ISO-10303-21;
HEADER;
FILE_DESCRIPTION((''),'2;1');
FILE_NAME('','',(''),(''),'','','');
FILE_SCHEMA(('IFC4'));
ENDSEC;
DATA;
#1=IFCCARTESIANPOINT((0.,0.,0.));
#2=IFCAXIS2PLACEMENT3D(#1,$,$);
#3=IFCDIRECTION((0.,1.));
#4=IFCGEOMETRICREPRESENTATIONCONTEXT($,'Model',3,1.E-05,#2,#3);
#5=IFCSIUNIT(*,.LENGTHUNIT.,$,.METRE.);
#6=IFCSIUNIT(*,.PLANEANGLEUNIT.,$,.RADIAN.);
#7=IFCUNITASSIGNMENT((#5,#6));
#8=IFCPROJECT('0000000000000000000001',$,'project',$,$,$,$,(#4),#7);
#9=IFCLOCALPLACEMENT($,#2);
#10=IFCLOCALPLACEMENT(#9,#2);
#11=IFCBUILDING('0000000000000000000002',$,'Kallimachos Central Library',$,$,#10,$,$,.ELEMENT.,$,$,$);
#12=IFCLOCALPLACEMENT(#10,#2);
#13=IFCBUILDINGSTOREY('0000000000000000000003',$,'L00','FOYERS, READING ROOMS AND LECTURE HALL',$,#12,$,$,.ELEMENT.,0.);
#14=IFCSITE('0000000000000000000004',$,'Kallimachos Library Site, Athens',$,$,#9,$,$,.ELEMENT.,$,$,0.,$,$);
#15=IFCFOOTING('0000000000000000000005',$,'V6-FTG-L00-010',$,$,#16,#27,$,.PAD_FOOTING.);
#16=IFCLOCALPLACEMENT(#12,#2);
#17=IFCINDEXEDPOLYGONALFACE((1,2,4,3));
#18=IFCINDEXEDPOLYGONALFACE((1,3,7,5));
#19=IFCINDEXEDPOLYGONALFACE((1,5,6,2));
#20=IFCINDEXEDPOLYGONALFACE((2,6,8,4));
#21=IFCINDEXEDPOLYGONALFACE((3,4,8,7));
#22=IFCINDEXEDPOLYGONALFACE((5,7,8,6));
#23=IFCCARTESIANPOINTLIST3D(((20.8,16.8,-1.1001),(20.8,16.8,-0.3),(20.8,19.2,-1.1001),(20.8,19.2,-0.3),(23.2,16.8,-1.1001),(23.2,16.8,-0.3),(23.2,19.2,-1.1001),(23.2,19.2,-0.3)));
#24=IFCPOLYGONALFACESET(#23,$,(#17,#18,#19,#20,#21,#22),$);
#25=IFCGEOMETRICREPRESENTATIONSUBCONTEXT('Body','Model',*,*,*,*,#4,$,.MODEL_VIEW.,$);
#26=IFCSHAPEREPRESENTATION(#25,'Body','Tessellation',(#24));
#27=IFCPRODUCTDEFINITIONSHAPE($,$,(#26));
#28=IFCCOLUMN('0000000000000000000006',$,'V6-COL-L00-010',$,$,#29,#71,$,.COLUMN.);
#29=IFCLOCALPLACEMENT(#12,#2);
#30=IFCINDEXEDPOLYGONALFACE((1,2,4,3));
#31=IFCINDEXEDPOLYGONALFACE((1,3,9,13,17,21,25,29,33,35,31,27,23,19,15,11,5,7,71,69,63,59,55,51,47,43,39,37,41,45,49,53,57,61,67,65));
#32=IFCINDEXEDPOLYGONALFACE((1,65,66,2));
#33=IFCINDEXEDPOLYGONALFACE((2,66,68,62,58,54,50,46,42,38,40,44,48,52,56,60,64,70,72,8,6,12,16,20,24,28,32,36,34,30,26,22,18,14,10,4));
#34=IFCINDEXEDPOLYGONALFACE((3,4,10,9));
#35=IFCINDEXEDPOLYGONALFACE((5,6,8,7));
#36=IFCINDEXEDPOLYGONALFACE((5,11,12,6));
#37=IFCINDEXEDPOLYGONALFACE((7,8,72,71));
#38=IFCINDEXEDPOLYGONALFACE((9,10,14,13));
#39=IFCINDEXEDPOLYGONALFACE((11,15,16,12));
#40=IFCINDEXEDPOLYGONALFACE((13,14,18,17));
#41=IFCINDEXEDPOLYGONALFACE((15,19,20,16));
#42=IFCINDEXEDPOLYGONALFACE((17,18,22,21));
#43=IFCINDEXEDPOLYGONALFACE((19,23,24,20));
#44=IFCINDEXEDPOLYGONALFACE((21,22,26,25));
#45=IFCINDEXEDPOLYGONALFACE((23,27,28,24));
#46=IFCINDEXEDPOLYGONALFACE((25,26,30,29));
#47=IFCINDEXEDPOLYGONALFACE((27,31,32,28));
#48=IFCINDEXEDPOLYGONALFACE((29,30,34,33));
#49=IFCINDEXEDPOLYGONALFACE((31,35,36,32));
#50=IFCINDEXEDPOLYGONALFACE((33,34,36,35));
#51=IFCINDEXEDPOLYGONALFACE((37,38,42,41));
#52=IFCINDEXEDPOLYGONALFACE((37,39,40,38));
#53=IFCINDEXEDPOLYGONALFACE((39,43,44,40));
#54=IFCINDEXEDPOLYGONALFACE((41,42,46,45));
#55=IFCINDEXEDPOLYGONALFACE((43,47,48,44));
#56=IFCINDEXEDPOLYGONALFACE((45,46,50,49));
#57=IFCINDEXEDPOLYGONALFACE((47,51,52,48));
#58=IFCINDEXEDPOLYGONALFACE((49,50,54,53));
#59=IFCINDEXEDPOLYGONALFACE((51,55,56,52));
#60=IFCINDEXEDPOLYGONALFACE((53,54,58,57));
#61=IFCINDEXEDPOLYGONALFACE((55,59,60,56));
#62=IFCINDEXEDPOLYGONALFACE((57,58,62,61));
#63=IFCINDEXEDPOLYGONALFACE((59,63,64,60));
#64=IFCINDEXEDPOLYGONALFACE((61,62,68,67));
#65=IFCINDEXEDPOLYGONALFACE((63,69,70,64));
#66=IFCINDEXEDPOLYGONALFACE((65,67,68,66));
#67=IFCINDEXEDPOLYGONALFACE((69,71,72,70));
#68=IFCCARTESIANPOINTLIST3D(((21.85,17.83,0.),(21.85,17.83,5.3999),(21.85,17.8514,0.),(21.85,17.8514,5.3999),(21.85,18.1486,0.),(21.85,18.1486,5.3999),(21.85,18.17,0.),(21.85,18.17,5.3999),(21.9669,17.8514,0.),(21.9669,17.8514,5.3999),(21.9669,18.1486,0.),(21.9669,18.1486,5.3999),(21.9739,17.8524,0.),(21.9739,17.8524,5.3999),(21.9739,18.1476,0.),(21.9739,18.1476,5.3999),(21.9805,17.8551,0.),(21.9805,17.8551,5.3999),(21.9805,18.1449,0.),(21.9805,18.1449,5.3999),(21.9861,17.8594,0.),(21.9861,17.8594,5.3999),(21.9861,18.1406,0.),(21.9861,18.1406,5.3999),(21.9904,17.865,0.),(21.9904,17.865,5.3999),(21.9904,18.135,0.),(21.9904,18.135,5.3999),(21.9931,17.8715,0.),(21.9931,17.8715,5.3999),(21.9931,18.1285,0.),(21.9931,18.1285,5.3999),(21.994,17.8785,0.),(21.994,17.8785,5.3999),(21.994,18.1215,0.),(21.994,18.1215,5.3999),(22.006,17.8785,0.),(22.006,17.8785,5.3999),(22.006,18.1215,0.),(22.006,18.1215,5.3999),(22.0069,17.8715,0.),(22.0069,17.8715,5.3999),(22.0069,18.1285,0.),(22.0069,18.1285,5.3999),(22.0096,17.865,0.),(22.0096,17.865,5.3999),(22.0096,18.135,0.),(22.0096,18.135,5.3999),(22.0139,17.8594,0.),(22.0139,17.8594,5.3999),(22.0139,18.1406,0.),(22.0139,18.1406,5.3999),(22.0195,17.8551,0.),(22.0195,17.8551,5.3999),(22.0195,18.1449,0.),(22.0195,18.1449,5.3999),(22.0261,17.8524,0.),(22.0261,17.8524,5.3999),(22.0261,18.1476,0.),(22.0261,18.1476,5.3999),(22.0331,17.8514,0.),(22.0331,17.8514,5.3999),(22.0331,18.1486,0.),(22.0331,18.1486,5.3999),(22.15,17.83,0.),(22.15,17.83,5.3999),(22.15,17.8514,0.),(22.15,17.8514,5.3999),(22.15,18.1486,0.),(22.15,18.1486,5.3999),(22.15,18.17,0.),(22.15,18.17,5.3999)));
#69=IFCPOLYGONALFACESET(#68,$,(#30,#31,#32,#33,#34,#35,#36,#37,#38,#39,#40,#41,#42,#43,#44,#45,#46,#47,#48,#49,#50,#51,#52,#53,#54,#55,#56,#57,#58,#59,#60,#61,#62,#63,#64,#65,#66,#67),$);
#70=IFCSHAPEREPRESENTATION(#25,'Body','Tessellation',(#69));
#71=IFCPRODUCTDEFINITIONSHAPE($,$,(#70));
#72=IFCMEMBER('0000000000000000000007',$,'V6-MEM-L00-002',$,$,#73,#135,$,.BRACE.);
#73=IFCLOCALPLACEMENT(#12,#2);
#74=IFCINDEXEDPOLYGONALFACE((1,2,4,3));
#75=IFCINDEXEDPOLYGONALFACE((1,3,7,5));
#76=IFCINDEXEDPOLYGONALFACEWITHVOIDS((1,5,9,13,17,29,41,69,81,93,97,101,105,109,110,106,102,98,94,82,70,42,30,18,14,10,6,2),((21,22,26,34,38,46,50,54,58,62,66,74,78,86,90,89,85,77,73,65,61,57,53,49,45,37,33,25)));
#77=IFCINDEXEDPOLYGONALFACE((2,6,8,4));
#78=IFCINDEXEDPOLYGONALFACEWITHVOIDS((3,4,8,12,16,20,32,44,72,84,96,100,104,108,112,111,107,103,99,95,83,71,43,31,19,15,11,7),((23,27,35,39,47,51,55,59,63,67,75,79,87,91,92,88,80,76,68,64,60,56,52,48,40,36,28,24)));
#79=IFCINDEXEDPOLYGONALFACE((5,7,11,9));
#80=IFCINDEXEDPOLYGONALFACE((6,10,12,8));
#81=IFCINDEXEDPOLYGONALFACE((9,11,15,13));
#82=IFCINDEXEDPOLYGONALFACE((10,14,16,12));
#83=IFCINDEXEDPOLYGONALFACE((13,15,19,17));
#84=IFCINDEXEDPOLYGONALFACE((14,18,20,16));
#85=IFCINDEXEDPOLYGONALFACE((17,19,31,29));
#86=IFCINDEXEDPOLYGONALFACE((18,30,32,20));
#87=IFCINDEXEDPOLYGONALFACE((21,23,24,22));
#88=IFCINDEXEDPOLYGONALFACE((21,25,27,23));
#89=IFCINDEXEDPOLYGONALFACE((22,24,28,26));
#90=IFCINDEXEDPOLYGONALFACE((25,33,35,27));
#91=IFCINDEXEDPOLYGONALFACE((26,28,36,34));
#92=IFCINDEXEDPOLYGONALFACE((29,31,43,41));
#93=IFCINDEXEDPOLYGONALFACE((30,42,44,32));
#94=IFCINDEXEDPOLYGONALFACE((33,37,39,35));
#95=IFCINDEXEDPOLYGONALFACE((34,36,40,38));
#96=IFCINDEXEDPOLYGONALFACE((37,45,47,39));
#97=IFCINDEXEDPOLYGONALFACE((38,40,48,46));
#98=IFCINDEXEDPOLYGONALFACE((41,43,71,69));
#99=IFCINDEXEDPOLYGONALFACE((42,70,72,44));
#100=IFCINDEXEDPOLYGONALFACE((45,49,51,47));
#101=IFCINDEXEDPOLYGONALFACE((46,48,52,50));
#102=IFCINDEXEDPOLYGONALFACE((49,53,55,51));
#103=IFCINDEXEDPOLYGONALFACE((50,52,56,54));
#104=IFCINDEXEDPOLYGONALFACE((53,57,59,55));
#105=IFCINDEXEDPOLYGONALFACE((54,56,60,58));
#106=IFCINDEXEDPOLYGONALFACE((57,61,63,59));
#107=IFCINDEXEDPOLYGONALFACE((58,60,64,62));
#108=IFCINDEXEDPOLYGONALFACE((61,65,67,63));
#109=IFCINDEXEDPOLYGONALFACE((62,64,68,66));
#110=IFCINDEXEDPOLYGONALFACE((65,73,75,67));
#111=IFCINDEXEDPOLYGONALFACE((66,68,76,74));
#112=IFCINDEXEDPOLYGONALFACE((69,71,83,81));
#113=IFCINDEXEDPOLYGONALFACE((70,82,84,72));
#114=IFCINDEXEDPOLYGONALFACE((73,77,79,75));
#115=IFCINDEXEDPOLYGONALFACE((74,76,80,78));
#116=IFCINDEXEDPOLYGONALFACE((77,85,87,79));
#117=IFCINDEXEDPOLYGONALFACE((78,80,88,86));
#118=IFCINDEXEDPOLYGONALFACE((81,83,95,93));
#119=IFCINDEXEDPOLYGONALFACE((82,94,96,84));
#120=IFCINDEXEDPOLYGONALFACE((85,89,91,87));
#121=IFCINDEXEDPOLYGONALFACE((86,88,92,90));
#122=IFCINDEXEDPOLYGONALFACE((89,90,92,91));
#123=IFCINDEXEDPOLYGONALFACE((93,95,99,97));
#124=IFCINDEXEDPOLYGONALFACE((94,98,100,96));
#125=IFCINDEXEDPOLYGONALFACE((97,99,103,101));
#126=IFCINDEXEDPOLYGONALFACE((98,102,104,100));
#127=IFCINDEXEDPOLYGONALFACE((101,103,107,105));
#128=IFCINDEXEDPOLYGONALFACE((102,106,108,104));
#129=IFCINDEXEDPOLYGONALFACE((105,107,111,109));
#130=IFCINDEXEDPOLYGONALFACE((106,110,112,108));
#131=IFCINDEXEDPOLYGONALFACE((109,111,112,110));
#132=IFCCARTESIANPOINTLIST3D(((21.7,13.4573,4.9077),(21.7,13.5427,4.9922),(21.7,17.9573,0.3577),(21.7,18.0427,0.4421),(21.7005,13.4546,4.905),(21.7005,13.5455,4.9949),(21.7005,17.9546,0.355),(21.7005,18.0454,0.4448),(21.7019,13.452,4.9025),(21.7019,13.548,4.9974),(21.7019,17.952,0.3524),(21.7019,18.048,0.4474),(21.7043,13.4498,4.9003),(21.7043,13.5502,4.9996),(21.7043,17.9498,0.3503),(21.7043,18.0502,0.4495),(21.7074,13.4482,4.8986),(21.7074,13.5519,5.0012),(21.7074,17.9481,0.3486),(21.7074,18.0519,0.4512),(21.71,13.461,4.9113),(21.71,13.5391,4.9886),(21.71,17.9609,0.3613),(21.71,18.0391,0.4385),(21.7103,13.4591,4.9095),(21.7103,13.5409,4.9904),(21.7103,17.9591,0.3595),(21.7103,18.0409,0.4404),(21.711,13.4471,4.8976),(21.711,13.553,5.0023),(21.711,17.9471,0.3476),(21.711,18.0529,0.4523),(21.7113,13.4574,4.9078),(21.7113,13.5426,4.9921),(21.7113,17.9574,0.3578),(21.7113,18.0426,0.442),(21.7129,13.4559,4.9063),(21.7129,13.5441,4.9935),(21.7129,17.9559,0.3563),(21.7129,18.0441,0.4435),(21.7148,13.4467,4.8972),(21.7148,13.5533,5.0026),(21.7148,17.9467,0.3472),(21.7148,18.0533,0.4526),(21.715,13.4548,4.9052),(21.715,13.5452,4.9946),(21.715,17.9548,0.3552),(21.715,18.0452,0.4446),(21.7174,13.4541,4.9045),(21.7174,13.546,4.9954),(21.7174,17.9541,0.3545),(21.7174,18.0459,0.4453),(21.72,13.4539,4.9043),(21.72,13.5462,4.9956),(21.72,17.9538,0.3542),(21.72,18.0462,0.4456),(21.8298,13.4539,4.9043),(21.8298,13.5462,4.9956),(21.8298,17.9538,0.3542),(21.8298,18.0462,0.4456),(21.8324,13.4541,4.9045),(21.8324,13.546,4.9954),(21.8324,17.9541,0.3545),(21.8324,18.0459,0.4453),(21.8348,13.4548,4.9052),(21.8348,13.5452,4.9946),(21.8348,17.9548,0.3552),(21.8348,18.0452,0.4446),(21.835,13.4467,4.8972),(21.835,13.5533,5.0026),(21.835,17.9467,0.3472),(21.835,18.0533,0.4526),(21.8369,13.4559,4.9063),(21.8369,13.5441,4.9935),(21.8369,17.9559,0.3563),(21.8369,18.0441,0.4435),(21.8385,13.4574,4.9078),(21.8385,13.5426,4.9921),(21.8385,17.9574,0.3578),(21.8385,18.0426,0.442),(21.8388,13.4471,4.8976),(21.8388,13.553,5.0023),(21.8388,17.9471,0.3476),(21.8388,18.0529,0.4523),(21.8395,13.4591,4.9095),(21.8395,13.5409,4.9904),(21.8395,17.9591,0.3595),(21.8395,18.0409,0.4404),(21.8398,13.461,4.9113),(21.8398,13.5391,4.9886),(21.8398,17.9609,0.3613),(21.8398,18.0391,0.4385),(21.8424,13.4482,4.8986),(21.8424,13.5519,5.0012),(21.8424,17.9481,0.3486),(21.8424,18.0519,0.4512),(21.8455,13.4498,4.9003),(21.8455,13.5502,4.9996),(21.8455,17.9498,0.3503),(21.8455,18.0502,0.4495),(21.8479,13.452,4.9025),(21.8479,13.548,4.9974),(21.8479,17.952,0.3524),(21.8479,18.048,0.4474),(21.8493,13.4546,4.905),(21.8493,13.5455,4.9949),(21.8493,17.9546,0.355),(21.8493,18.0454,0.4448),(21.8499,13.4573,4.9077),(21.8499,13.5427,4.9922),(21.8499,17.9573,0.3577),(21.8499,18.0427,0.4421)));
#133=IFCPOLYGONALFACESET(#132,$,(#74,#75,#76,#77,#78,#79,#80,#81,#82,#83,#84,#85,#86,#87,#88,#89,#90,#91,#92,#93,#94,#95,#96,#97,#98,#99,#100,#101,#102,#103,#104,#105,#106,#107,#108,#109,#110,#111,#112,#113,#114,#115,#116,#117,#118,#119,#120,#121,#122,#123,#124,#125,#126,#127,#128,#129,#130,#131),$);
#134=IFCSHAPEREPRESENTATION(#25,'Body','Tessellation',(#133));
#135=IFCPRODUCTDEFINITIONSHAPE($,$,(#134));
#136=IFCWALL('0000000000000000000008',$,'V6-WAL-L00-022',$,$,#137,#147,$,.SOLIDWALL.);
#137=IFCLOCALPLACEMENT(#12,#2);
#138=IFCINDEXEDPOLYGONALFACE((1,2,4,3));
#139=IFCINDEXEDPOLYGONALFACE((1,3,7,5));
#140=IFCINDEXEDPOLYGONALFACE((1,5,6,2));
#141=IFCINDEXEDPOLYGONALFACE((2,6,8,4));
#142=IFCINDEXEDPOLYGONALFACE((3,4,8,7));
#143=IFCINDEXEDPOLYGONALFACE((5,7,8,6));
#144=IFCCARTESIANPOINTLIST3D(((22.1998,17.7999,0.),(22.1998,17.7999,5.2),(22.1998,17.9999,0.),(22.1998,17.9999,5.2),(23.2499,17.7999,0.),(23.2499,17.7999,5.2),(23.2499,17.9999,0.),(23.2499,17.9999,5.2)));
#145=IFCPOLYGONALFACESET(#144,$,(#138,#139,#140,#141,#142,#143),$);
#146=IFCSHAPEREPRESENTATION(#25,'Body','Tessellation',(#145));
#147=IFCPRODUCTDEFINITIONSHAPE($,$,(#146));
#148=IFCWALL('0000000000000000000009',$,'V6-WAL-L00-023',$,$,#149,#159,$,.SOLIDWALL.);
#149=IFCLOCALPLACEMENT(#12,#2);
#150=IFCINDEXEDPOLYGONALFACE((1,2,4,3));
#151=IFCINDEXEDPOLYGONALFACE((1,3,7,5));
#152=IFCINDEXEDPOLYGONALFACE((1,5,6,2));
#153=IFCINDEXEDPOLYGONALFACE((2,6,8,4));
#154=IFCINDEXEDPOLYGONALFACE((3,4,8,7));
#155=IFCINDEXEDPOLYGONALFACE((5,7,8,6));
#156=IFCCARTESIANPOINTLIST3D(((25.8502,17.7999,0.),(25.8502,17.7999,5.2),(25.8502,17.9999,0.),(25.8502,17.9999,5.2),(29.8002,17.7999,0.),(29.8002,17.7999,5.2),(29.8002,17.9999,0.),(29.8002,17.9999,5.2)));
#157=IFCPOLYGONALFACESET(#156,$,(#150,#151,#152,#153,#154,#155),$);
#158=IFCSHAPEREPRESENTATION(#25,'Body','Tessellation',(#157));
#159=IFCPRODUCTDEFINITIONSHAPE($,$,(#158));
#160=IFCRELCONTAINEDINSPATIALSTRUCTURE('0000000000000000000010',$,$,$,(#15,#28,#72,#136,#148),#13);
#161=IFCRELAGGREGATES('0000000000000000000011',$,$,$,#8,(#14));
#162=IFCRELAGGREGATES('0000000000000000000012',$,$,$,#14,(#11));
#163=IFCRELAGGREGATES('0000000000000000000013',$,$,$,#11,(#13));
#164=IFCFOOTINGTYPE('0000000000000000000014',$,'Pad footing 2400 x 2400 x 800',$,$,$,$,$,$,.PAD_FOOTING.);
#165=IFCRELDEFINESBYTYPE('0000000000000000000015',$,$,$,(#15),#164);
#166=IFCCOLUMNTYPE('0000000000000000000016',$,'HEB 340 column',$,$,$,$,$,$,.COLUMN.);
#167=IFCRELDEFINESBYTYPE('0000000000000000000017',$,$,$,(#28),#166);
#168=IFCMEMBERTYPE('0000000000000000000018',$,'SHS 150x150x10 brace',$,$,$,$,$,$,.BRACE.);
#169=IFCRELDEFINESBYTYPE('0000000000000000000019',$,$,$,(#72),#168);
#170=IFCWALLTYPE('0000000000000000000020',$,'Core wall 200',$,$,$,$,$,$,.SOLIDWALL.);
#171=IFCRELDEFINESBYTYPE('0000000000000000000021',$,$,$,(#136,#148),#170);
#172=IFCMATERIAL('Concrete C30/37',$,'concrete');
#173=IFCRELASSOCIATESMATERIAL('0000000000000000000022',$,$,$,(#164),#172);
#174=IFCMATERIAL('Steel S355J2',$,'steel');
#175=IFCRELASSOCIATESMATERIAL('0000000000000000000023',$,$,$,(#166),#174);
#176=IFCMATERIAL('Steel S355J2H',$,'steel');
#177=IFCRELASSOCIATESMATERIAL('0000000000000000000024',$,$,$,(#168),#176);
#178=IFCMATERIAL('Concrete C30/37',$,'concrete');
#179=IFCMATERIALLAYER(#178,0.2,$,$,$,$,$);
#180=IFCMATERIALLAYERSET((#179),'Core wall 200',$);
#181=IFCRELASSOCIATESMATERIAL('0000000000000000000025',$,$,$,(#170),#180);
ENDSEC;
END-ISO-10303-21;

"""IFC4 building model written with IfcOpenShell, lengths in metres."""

from ifc_helpers import new_model, si_unit, direction, frame, frame_2d, origin, origin_2d, place, context, subcontext, project, spatial, rectangle, hollow_rectangle, i_section, extrude, material, layer, layer_set, material_profile, profile_set, type_object, element, save


model = new_model("IFC4")

# Units and contexts
model_context = context("Model", 3, precision=1e-05, world=origin(), true_north=direction((0.0, 1.0)))
body_context = subcontext(model_context, "Body", "Model", "MODEL_VIEW")
ifc_project = project(units=[si_unit("LENGTHUNIT", "METRE"), si_unit("PLANEANGLEUNIT", "RADIAN")], contexts=[model_context])

# Site, building, storey
site_placement = place(None, origin())
site = spatial("IfcSite", under=ifc_project, at=site_placement, Name="Kallimachos Library Site, Athens", CompositionType="ELEMENT", RefElevation=0.0)
building_placement = place(site_placement, origin())
building = spatial("IfcBuilding", under=site, at=building_placement, Name="Kallimachos Central Library", CompositionType="ELEMENT")
storey_placement = place(building_placement, origin())
storey = spatial("IfcBuildingStorey", under=building, at=storey_placement, Name="L00", Description="FOYERS, READING ROOMS AND LECTURE HALL", CompositionType="ELEMENT", Elevation=0.0)

# Footing
ifc_material_1 = material(Name="Concrete C30/37", Category="concrete")
footing_type = type_object("IfcFootingType", Name="Pad footing 2400 x 2400 x 800", PredefinedType="PAD_FOOTING", material=ifc_material_1)
footing_placement = place(storey_placement, frame((22.0, 18.0, -1.1001), z_axis=(0.0, 0.0, 1.0), x_axis=(1.0, 0.0, 0.0)))
element("IfcFooting", 1, at=footing_placement, inside=storey, type_object=footing_type, Name="V6-FTG-L00-010", PredefinedType="PAD_FOOTING", context=body_context, shape_type="SweptSolid", body=[
    extrude(rectangle(XDim=2.3999, YDim=2.3999, at=origin_2d()), origin(), (0.0, 0.0, 1.0), 0.8),
])

# Column
ifc_material_2 = material(Name="Steel S355J2", Category="steel")
ifc_material_profile_1 = material_profile(ifc_material_2, i_section(OverallWidth=0.3, OverallDepth=0.3401, WebThickness=0.012, FlangeThickness=0.0215, FilletRadius=0.0271, at=origin_2d()), Name="HEB 340")
ifc_profile_set_1 = profile_set([ifc_material_profile_1], Name="Steel S355J2")
column_type = type_object("IfcColumnType", Name="HEB 340 column", PredefinedType="COLUMN", material=ifc_profile_set_1)
column_placement = place(storey_placement, frame((22.0, 18.0, 0.0), z_axis=(0.0, 0.0, 1.0), x_axis=(1.0, 0.0, 0.0)))
element("IfcColumn", 2, at=column_placement, inside=storey, type_object=column_type, Name="V6-COL-L00-010", PredefinedType="COLUMN", context=body_context, shape_type="SweptSolid", body=[
    extrude(i_section(OverallWidth=0.3, OverallDepth=0.3401, WebThickness=0.012, FlangeThickness=0.0215, FilletRadius=0.0271, at=origin_2d()), origin(), (0.0, 0.0, 1.0), 5.3999),
])

# Member
ifc_material_3 = material(Name="Steel S355J2H", Category="steel")
ifc_material_profile_2 = material_profile(ifc_material_3, hollow_rectangle(XDim=0.1499, YDim=0.1499, WallThickness=0.01, InnerFilletRadius=0.01, OuterFilletRadius=0.0149, at=origin_2d()), Name="SHS 150x150x10")
ifc_profile_set_2 = profile_set([ifc_material_profile_2], Name="Steel S355J2H")
member_type = type_object("IfcMemberType", Name="SHS 150x150x10 brace", PredefinedType="BRACE", material=ifc_profile_set_2)
member_placement = place(storey_placement, frame((21.7749, 18.0, 0.3999), z_axis=(0.0, -0.703186, 0.711006), x_axis=(1.0, 0.0, 0.0)))
element("IfcMember", 3, at=member_placement, inside=storey, type_object=member_type, Name="V6-MEM-L00-002", PredefinedType="BRACE", context=body_context, shape_type="SweptSolid", body=[
    extrude(hollow_rectangle(XDim=0.1499, YDim=0.1499, WallThickness=0.01, InnerFilletRadius=0.01, OuterFilletRadius=0.0149, at=origin_2d()), origin(), (0.0, 0.0, 1.0), 6.3994),
])

# Walls
ifc_material_4 = material(Name="Concrete C30/37", Category="concrete")
ifc_layer_1 = layer(ifc_material_4, 0.2)
ifc_layer_set_1 = layer_set([ifc_layer_1], Name="Core wall 200")
wall_type_1 = type_object("IfcWallType", Name="Core wall 200", PredefinedType="SOLIDWALL", material=ifc_layer_set_1)
wall_1_placement = place(storey_placement, frame((22.2, 17.8999, 0.0), z_axis=(0.0, 0.0, 1.0), x_axis=(1.0, 0.0, 0.0)))
element("IfcWall", 4, at=wall_1_placement, inside=storey, type_object=wall_type_1, Name="V6-WAL-L00-022", PredefinedType="SOLIDWALL", context=body_context, shape_type="SweptSolid", body=[
    extrude(rectangle(XDim=1.05, YDim=0.2, at=frame_2d((0.5249, 0.0))), origin(), (0.0, 0.0, 1.0), 5.2),
])
wall_2_placement = place(storey_placement, frame((25.8501, 17.8999, 0.0), z_axis=(0.0, 0.0, 1.0), x_axis=(1.0, 0.0, 0.0)))
element("IfcWall", 5, at=wall_2_placement, inside=storey, type_object=wall_type_1, Name="V6-WAL-L00-023", PredefinedType="SOLIDWALL", context=body_context, shape_type="SweptSolid", body=[
    extrude(rectangle(XDim=3.95, YDim=0.2, at=frame_2d((1.9751, 0.0))), origin(), (0.0, 0.0, 1.0), 5.2),
])

save(model, "model.ifc")
